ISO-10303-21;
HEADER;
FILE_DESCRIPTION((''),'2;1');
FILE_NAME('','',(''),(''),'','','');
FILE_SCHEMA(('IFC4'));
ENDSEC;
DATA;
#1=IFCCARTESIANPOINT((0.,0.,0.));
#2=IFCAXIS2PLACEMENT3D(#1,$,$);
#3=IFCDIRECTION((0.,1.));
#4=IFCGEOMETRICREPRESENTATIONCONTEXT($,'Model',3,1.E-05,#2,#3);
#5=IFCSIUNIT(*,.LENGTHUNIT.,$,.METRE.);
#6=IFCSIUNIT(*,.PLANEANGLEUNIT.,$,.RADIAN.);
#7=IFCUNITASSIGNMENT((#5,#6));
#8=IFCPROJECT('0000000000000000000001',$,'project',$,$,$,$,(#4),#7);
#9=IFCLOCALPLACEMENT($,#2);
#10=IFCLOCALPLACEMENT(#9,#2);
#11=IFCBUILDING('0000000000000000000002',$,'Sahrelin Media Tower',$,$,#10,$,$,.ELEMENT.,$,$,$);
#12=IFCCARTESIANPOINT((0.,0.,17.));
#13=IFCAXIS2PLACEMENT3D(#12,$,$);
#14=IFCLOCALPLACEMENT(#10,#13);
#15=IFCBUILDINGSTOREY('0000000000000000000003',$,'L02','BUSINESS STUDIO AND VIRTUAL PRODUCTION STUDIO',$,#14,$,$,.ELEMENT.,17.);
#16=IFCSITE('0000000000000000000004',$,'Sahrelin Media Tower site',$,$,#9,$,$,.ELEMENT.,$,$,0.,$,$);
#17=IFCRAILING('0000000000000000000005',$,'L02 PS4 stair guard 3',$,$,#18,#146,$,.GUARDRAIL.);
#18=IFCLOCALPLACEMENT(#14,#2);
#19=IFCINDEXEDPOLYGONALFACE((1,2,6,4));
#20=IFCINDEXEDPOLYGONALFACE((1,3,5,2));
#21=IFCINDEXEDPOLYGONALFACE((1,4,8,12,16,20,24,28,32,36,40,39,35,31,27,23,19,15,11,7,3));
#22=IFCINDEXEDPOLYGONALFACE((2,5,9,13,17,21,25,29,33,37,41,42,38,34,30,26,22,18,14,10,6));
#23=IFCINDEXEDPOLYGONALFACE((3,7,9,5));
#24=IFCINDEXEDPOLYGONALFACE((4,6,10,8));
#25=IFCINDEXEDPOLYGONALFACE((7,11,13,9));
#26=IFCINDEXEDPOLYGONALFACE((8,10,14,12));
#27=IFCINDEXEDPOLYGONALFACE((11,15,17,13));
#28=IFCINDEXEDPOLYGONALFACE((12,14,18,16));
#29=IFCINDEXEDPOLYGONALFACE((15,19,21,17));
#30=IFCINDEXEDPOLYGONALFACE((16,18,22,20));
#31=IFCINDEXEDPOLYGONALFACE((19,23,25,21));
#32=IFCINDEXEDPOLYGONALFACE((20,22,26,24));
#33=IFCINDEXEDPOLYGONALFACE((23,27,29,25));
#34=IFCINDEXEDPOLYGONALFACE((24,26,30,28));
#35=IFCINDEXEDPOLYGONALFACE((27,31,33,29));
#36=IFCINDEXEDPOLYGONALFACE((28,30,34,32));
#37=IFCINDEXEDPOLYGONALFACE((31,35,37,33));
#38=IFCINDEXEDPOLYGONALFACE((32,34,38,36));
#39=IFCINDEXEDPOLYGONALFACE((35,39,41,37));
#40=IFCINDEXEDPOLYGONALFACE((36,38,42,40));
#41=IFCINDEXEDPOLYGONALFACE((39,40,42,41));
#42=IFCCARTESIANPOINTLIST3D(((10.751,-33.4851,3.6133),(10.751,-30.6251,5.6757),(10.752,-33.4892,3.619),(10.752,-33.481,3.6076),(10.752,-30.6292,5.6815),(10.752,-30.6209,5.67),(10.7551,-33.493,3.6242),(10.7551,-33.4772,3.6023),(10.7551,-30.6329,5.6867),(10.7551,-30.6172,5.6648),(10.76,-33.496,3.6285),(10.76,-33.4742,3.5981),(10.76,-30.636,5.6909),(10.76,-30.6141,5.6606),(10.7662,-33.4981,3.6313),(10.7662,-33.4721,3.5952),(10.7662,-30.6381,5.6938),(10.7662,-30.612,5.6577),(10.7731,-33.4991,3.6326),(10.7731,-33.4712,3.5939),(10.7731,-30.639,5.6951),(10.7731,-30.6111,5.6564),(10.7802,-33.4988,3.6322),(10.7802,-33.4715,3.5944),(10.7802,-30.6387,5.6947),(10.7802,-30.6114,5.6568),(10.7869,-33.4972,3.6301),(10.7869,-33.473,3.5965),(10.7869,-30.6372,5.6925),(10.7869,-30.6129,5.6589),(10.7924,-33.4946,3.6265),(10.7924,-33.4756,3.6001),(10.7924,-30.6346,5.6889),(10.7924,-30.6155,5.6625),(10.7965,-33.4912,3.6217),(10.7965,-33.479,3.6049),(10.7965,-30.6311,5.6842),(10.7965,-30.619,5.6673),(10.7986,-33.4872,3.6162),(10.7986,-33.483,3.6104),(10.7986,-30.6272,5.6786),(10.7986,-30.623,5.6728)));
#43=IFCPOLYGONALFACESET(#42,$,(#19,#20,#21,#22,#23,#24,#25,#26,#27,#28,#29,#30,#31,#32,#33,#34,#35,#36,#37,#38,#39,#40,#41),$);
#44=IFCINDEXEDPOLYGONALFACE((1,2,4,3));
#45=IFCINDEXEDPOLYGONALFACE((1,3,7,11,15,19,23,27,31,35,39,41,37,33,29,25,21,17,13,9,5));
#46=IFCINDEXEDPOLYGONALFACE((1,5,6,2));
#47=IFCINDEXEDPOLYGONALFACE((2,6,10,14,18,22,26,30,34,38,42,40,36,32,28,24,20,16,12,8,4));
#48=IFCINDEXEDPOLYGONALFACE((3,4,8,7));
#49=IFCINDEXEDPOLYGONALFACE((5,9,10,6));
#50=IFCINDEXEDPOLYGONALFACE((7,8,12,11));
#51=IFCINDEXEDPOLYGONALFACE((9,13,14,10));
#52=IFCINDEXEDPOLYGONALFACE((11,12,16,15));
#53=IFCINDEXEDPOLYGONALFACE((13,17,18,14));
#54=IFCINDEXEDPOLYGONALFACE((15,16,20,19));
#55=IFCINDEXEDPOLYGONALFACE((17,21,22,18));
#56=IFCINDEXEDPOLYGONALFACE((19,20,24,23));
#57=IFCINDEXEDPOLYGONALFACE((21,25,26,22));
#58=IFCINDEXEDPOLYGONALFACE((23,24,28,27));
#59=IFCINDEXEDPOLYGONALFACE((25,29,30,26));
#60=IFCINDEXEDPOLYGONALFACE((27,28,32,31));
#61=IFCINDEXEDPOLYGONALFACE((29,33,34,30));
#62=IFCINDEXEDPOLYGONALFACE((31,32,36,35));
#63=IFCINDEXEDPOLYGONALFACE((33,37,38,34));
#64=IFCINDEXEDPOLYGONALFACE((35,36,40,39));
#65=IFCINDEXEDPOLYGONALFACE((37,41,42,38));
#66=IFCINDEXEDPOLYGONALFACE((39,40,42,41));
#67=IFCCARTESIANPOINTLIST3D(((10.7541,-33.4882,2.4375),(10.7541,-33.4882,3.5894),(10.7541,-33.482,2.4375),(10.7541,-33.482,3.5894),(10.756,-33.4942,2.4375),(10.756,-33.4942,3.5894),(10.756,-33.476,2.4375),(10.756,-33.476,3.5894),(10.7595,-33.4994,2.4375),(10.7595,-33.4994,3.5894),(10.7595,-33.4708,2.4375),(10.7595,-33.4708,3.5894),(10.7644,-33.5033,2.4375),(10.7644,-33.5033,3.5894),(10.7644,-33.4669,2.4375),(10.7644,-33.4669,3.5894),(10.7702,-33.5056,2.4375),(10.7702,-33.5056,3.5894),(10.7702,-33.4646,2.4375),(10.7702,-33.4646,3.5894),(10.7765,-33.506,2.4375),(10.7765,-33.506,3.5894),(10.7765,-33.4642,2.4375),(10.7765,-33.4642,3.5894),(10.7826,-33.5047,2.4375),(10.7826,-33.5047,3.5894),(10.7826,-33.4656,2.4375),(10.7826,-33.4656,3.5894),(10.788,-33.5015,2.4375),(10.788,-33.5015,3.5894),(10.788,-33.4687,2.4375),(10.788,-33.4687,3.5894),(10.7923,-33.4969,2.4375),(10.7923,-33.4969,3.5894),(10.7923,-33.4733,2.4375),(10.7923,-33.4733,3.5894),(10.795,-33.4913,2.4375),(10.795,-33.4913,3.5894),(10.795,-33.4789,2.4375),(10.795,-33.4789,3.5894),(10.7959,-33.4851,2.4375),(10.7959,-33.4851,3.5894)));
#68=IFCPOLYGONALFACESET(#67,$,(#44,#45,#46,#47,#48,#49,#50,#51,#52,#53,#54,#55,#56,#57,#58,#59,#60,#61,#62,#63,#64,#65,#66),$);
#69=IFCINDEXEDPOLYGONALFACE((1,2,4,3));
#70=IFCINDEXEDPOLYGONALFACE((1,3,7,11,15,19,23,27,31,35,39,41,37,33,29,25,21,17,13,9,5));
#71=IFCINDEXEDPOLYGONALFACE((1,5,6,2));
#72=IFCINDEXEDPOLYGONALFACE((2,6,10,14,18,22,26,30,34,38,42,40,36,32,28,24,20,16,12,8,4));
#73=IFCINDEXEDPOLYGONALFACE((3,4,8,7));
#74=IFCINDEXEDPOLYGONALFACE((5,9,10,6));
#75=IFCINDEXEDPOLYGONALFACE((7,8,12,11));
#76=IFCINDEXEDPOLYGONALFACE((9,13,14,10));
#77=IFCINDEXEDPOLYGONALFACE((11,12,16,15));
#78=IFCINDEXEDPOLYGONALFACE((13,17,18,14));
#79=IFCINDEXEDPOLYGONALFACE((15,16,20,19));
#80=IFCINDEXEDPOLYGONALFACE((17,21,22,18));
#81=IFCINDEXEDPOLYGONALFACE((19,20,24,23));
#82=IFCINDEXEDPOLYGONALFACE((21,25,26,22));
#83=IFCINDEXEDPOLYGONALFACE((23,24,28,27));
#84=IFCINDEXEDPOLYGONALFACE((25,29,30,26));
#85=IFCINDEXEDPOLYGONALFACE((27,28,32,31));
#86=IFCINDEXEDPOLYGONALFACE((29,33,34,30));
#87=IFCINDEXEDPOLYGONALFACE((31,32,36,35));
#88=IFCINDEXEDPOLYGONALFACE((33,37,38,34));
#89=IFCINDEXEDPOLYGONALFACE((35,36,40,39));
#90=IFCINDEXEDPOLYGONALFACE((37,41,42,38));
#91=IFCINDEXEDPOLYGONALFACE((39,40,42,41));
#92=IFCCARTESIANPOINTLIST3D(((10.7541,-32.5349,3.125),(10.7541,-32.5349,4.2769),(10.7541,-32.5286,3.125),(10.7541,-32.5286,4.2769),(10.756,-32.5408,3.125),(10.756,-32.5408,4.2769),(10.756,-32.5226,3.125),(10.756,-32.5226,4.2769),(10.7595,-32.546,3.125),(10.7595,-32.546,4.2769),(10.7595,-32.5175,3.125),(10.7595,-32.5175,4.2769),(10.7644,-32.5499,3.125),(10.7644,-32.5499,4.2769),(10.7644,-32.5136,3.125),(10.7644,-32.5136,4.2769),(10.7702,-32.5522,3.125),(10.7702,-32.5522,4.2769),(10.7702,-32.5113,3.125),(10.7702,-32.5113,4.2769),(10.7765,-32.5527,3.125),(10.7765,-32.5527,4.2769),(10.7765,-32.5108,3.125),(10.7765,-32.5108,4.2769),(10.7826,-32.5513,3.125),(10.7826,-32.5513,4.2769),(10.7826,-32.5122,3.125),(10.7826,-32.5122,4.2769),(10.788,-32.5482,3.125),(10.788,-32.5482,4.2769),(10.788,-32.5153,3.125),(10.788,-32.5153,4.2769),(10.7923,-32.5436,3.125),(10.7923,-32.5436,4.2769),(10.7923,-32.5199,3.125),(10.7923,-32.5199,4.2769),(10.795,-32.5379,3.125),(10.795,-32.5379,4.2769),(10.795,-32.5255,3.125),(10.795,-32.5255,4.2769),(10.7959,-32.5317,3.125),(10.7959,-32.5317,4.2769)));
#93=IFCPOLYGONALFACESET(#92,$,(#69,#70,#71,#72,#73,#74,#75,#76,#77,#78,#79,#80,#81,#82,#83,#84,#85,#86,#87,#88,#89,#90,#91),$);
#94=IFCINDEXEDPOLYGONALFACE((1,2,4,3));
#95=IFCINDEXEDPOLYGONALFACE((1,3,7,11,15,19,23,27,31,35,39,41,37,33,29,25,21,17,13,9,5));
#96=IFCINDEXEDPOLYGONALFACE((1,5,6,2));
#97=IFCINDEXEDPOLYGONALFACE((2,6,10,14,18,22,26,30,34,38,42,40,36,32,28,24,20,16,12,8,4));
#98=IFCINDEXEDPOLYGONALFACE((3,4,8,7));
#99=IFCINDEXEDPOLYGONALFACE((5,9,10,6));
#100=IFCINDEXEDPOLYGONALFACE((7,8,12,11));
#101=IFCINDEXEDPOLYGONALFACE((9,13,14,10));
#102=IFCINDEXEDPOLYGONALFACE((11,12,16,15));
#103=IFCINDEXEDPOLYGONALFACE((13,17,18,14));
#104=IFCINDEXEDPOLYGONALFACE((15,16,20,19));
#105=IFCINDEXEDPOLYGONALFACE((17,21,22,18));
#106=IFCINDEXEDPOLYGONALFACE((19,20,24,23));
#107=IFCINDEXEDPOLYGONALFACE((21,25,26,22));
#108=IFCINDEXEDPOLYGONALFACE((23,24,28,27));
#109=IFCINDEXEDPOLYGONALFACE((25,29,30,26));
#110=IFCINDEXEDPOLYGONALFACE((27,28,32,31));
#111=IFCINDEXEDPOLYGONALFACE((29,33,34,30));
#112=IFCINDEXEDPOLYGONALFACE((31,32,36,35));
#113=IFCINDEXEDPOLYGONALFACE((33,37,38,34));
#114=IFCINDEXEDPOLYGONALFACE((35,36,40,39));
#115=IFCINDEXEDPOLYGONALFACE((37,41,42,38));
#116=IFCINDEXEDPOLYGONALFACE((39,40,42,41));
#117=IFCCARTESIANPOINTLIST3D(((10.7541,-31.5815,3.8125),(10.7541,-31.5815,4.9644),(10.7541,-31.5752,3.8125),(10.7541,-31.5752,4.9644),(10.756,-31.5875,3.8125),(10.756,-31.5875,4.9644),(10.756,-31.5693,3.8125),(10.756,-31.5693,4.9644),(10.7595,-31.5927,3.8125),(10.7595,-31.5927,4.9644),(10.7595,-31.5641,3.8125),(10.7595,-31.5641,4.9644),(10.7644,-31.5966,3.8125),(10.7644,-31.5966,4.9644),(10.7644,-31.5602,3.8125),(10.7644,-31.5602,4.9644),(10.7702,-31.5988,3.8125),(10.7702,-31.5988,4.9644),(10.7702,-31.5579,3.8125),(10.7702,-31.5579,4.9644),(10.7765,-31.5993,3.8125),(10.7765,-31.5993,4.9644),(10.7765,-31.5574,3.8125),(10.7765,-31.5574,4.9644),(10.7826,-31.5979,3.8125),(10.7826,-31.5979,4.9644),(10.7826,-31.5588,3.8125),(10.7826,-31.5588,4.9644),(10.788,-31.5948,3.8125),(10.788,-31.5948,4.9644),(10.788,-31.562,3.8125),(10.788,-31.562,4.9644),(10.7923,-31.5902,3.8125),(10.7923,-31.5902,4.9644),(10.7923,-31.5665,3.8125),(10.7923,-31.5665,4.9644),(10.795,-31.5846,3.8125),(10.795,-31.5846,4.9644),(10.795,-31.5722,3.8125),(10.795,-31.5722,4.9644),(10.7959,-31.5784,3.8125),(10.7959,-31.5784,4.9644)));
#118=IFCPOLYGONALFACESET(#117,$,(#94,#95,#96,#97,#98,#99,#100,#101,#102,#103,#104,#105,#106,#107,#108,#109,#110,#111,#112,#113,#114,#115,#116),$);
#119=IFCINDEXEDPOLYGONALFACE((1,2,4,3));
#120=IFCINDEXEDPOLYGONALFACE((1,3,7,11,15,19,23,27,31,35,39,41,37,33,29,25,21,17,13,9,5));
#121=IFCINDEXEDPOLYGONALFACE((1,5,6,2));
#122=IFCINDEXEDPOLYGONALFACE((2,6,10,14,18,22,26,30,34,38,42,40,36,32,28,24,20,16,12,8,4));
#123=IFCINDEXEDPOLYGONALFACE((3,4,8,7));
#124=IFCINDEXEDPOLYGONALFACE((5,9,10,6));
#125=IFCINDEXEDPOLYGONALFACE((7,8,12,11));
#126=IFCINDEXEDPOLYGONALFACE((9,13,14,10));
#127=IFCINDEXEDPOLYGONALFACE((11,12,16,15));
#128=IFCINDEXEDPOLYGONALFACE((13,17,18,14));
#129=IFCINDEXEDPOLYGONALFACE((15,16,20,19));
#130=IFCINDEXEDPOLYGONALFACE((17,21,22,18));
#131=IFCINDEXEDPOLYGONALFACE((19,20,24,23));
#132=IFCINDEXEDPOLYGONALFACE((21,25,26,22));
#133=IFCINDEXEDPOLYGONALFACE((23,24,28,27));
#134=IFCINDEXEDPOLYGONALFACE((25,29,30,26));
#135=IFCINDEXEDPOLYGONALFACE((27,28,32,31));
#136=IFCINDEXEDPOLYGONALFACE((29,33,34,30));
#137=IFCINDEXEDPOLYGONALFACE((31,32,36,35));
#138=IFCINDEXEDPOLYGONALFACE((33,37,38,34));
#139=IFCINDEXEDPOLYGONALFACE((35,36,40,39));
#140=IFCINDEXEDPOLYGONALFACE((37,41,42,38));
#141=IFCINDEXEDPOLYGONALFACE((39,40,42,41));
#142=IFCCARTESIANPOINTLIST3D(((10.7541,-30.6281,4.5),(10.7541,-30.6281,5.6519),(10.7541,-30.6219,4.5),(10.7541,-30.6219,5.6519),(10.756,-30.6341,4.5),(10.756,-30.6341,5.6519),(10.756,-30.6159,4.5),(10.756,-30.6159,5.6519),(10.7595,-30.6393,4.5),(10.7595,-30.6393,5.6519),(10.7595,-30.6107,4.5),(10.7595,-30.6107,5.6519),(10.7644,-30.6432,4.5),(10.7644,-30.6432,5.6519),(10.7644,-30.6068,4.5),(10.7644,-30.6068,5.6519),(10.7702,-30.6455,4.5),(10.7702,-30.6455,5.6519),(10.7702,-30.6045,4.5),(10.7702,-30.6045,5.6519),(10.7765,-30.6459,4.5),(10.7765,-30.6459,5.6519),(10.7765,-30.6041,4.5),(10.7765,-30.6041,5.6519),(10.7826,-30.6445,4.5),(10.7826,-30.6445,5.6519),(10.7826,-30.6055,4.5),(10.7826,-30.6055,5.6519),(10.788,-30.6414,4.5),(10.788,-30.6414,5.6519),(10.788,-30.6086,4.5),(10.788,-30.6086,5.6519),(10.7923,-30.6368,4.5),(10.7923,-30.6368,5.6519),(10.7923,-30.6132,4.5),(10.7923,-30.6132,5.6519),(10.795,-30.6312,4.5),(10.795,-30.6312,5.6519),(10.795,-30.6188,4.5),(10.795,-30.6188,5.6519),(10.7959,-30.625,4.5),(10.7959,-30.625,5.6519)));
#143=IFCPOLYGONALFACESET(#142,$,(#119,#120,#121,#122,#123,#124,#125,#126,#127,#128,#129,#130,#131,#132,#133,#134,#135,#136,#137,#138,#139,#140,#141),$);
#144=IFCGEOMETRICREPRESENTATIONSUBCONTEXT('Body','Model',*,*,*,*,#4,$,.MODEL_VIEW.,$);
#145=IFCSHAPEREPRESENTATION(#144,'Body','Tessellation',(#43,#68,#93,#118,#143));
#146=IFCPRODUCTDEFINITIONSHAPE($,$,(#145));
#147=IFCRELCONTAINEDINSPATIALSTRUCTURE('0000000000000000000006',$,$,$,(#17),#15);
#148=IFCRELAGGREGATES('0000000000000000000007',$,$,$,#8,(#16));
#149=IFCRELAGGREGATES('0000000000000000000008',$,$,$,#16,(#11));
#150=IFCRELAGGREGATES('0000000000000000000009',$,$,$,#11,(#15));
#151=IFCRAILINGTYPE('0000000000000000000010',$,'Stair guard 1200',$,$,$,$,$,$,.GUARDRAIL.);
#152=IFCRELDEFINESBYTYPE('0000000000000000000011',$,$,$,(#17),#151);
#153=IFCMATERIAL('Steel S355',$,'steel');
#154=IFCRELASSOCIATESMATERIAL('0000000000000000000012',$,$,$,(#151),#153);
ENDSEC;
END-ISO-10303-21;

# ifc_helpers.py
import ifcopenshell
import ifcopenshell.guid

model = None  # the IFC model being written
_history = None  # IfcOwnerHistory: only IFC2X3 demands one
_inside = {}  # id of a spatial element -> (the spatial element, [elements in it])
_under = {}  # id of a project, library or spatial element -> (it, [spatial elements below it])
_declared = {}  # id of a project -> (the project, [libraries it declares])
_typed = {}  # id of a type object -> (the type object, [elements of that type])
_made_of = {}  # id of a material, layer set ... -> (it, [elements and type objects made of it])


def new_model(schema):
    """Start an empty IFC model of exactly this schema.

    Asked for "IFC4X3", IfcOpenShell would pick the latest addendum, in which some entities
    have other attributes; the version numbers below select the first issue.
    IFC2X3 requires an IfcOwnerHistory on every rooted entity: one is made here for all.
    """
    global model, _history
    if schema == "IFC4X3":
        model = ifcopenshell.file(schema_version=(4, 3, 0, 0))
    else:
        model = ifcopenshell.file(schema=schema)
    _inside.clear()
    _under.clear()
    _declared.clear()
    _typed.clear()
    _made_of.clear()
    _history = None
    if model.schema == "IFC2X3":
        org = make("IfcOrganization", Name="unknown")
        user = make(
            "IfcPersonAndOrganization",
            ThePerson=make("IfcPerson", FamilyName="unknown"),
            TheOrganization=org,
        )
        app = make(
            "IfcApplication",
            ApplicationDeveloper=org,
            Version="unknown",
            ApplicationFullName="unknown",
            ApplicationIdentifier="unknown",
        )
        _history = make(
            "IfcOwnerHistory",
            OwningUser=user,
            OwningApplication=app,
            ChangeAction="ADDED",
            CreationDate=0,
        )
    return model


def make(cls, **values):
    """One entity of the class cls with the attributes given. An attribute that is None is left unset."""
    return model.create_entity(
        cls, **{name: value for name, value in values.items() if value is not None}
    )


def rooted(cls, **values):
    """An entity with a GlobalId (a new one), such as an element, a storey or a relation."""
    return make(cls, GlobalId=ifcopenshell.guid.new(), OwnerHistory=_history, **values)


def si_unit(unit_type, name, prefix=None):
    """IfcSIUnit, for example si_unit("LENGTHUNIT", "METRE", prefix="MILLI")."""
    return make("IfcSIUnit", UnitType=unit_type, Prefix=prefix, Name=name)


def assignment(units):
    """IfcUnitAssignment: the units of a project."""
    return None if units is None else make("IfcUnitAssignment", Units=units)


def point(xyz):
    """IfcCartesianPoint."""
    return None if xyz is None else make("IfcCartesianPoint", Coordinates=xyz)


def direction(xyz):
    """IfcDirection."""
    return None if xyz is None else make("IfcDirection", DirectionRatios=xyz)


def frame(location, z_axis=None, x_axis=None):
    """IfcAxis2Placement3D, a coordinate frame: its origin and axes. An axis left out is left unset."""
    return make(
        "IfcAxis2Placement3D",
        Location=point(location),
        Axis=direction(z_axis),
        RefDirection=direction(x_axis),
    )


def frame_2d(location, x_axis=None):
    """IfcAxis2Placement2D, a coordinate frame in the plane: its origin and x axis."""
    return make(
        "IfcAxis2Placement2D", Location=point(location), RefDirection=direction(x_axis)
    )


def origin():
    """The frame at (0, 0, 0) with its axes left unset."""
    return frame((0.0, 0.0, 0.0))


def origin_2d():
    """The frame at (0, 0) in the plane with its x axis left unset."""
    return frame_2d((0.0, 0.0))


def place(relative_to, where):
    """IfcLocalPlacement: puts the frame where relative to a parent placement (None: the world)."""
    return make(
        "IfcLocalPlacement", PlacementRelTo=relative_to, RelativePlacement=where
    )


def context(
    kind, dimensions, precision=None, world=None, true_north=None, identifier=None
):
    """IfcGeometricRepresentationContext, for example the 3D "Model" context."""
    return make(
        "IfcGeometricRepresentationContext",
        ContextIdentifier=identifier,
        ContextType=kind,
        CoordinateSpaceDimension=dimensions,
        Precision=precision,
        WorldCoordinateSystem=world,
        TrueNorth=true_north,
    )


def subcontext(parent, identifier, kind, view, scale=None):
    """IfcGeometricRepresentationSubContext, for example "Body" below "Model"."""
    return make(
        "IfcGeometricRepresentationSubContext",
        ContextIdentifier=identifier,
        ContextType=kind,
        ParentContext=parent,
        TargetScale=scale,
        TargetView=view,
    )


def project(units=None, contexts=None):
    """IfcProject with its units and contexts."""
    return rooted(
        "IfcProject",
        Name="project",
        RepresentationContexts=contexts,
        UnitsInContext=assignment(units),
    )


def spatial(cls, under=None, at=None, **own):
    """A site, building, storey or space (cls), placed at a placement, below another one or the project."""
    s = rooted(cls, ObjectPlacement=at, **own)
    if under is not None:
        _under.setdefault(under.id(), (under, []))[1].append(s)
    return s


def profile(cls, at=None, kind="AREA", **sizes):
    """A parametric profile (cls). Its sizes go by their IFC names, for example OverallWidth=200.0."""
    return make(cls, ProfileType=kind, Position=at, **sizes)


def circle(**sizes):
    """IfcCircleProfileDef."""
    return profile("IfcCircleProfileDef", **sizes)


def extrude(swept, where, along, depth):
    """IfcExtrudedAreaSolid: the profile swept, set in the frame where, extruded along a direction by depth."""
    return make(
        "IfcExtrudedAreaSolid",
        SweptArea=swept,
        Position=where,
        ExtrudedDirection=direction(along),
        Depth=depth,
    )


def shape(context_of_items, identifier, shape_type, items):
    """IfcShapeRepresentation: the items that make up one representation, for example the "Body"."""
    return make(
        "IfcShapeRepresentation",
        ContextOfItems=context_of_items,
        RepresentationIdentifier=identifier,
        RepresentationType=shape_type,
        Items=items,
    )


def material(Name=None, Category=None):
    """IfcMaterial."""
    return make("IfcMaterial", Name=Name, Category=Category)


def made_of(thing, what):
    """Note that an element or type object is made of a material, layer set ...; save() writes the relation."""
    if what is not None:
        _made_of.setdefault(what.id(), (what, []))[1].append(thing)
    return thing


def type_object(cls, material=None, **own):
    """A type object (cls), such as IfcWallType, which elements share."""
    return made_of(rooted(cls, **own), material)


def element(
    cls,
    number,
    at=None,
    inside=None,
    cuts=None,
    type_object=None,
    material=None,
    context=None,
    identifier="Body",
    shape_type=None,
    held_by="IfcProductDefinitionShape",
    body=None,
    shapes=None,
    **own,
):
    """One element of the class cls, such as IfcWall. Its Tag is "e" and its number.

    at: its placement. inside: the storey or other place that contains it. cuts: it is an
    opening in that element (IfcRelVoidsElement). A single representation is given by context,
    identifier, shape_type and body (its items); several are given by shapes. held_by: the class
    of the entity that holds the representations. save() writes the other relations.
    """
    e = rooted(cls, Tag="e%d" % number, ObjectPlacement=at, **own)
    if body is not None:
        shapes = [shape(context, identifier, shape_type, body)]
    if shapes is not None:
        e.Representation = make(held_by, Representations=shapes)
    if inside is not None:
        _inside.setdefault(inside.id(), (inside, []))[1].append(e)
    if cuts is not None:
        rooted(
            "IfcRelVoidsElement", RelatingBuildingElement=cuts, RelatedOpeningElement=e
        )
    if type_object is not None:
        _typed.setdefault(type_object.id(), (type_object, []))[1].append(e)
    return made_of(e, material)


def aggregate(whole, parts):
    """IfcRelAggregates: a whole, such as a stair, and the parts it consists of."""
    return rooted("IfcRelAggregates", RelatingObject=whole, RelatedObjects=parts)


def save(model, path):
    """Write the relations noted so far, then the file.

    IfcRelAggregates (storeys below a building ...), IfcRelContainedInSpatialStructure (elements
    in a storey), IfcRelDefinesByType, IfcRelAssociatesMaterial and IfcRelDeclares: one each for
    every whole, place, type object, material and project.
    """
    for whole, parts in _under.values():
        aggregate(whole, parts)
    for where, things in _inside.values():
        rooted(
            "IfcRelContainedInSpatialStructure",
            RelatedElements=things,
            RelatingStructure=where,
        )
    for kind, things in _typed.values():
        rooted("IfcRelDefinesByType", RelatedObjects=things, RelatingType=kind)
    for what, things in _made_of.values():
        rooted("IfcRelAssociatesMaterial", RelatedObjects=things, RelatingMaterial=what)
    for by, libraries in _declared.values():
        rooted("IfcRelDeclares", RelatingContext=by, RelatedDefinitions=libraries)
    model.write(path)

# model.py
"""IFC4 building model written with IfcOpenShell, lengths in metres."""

from ifc_helpers import new_model, si_unit, direction, frame, origin, origin_2d, place, context, subcontext, project, spatial, circle, extrude, material, type_object, element, save


model = new_model("IFC4")

# Units and contexts
model_context = context("Model", 3, precision=1e-05, world=origin(), true_north=direction((0.0, 1.0)))
body_context = subcontext(model_context, "Body", "Model", "MODEL_VIEW")
ifc_project = project(units=[si_unit("LENGTHUNIT", "METRE"), si_unit("PLANEANGLEUNIT", "RADIAN")], contexts=[model_context])

# Site, building, storey
site_placement = place(None, origin())
site = spatial("IfcSite", under=ifc_project, at=site_placement, Name="Sahrelin Media Tower site", CompositionType="ELEMENT", RefElevation=0.0)
building_placement = place(site_placement, origin())
building = spatial("IfcBuilding", under=site, at=building_placement, Name="Sahrelin Media Tower", CompositionType="ELEMENT")
storey_placement = place(building_placement, frame((0.0, 0.0, 17.0)))
storey = spatial("IfcBuildingStorey", under=building, at=storey_placement, Name="L02", Description="BUSINESS STUDIO AND VIRTUAL PRODUCTION STUDIO", CompositionType="ELEMENT", Elevation=17.0)

# Shared definitions
ifc_material_1 = material(Name="Steel S355", Category="steel")

# Railing
railing_type_1 = type_object("IfcRailingType", Name="Stair guard 1200", PredefinedType="GUARDRAIL", material=ifc_material_1)
railing_1_placement = place(storey_placement, frame((10.7749, -33.4851, 2.4375)))
element("IfcRailing", 1, at=railing_1_placement, inside=storey, type_object=railing_type_1, Name="L02 PS4 stair guard 3", PredefinedType="GUARDRAIL", context=body_context, shape_type="SweptSolid", body=[
    extrude(circle(Radius=0.0239, at=origin_2d()), frame((0.0, 0.0, 1.1758), z_axis=(0.0, 0.811101, 0.584906), x_axis=(-1.0, 0.0, 0.0)), (0.0, 0.0, 1.0), 3.5261),
    extrude(circle(Radius=0.021, at=origin_2d()), origin(), (0.0, 0.0, 1.0), 1.1519),
    extrude(circle(Radius=0.021, at=origin_2d()), frame((0.0, 0.9534, 0.6875)), (0.0, 0.0, 1.0), 1.1519),
    extrude(circle(Radius=0.021, at=origin_2d()), frame((0.0, 1.9067, 1.375)), (0.0, 0.0, 1.0), 1.1519),
    extrude(circle(Radius=0.021, at=origin_2d()), frame((0.0, 2.8601, 2.0625)), (0.0, 0.0, 1.0), 1.1519),
])

save(model, "model.ifc")
